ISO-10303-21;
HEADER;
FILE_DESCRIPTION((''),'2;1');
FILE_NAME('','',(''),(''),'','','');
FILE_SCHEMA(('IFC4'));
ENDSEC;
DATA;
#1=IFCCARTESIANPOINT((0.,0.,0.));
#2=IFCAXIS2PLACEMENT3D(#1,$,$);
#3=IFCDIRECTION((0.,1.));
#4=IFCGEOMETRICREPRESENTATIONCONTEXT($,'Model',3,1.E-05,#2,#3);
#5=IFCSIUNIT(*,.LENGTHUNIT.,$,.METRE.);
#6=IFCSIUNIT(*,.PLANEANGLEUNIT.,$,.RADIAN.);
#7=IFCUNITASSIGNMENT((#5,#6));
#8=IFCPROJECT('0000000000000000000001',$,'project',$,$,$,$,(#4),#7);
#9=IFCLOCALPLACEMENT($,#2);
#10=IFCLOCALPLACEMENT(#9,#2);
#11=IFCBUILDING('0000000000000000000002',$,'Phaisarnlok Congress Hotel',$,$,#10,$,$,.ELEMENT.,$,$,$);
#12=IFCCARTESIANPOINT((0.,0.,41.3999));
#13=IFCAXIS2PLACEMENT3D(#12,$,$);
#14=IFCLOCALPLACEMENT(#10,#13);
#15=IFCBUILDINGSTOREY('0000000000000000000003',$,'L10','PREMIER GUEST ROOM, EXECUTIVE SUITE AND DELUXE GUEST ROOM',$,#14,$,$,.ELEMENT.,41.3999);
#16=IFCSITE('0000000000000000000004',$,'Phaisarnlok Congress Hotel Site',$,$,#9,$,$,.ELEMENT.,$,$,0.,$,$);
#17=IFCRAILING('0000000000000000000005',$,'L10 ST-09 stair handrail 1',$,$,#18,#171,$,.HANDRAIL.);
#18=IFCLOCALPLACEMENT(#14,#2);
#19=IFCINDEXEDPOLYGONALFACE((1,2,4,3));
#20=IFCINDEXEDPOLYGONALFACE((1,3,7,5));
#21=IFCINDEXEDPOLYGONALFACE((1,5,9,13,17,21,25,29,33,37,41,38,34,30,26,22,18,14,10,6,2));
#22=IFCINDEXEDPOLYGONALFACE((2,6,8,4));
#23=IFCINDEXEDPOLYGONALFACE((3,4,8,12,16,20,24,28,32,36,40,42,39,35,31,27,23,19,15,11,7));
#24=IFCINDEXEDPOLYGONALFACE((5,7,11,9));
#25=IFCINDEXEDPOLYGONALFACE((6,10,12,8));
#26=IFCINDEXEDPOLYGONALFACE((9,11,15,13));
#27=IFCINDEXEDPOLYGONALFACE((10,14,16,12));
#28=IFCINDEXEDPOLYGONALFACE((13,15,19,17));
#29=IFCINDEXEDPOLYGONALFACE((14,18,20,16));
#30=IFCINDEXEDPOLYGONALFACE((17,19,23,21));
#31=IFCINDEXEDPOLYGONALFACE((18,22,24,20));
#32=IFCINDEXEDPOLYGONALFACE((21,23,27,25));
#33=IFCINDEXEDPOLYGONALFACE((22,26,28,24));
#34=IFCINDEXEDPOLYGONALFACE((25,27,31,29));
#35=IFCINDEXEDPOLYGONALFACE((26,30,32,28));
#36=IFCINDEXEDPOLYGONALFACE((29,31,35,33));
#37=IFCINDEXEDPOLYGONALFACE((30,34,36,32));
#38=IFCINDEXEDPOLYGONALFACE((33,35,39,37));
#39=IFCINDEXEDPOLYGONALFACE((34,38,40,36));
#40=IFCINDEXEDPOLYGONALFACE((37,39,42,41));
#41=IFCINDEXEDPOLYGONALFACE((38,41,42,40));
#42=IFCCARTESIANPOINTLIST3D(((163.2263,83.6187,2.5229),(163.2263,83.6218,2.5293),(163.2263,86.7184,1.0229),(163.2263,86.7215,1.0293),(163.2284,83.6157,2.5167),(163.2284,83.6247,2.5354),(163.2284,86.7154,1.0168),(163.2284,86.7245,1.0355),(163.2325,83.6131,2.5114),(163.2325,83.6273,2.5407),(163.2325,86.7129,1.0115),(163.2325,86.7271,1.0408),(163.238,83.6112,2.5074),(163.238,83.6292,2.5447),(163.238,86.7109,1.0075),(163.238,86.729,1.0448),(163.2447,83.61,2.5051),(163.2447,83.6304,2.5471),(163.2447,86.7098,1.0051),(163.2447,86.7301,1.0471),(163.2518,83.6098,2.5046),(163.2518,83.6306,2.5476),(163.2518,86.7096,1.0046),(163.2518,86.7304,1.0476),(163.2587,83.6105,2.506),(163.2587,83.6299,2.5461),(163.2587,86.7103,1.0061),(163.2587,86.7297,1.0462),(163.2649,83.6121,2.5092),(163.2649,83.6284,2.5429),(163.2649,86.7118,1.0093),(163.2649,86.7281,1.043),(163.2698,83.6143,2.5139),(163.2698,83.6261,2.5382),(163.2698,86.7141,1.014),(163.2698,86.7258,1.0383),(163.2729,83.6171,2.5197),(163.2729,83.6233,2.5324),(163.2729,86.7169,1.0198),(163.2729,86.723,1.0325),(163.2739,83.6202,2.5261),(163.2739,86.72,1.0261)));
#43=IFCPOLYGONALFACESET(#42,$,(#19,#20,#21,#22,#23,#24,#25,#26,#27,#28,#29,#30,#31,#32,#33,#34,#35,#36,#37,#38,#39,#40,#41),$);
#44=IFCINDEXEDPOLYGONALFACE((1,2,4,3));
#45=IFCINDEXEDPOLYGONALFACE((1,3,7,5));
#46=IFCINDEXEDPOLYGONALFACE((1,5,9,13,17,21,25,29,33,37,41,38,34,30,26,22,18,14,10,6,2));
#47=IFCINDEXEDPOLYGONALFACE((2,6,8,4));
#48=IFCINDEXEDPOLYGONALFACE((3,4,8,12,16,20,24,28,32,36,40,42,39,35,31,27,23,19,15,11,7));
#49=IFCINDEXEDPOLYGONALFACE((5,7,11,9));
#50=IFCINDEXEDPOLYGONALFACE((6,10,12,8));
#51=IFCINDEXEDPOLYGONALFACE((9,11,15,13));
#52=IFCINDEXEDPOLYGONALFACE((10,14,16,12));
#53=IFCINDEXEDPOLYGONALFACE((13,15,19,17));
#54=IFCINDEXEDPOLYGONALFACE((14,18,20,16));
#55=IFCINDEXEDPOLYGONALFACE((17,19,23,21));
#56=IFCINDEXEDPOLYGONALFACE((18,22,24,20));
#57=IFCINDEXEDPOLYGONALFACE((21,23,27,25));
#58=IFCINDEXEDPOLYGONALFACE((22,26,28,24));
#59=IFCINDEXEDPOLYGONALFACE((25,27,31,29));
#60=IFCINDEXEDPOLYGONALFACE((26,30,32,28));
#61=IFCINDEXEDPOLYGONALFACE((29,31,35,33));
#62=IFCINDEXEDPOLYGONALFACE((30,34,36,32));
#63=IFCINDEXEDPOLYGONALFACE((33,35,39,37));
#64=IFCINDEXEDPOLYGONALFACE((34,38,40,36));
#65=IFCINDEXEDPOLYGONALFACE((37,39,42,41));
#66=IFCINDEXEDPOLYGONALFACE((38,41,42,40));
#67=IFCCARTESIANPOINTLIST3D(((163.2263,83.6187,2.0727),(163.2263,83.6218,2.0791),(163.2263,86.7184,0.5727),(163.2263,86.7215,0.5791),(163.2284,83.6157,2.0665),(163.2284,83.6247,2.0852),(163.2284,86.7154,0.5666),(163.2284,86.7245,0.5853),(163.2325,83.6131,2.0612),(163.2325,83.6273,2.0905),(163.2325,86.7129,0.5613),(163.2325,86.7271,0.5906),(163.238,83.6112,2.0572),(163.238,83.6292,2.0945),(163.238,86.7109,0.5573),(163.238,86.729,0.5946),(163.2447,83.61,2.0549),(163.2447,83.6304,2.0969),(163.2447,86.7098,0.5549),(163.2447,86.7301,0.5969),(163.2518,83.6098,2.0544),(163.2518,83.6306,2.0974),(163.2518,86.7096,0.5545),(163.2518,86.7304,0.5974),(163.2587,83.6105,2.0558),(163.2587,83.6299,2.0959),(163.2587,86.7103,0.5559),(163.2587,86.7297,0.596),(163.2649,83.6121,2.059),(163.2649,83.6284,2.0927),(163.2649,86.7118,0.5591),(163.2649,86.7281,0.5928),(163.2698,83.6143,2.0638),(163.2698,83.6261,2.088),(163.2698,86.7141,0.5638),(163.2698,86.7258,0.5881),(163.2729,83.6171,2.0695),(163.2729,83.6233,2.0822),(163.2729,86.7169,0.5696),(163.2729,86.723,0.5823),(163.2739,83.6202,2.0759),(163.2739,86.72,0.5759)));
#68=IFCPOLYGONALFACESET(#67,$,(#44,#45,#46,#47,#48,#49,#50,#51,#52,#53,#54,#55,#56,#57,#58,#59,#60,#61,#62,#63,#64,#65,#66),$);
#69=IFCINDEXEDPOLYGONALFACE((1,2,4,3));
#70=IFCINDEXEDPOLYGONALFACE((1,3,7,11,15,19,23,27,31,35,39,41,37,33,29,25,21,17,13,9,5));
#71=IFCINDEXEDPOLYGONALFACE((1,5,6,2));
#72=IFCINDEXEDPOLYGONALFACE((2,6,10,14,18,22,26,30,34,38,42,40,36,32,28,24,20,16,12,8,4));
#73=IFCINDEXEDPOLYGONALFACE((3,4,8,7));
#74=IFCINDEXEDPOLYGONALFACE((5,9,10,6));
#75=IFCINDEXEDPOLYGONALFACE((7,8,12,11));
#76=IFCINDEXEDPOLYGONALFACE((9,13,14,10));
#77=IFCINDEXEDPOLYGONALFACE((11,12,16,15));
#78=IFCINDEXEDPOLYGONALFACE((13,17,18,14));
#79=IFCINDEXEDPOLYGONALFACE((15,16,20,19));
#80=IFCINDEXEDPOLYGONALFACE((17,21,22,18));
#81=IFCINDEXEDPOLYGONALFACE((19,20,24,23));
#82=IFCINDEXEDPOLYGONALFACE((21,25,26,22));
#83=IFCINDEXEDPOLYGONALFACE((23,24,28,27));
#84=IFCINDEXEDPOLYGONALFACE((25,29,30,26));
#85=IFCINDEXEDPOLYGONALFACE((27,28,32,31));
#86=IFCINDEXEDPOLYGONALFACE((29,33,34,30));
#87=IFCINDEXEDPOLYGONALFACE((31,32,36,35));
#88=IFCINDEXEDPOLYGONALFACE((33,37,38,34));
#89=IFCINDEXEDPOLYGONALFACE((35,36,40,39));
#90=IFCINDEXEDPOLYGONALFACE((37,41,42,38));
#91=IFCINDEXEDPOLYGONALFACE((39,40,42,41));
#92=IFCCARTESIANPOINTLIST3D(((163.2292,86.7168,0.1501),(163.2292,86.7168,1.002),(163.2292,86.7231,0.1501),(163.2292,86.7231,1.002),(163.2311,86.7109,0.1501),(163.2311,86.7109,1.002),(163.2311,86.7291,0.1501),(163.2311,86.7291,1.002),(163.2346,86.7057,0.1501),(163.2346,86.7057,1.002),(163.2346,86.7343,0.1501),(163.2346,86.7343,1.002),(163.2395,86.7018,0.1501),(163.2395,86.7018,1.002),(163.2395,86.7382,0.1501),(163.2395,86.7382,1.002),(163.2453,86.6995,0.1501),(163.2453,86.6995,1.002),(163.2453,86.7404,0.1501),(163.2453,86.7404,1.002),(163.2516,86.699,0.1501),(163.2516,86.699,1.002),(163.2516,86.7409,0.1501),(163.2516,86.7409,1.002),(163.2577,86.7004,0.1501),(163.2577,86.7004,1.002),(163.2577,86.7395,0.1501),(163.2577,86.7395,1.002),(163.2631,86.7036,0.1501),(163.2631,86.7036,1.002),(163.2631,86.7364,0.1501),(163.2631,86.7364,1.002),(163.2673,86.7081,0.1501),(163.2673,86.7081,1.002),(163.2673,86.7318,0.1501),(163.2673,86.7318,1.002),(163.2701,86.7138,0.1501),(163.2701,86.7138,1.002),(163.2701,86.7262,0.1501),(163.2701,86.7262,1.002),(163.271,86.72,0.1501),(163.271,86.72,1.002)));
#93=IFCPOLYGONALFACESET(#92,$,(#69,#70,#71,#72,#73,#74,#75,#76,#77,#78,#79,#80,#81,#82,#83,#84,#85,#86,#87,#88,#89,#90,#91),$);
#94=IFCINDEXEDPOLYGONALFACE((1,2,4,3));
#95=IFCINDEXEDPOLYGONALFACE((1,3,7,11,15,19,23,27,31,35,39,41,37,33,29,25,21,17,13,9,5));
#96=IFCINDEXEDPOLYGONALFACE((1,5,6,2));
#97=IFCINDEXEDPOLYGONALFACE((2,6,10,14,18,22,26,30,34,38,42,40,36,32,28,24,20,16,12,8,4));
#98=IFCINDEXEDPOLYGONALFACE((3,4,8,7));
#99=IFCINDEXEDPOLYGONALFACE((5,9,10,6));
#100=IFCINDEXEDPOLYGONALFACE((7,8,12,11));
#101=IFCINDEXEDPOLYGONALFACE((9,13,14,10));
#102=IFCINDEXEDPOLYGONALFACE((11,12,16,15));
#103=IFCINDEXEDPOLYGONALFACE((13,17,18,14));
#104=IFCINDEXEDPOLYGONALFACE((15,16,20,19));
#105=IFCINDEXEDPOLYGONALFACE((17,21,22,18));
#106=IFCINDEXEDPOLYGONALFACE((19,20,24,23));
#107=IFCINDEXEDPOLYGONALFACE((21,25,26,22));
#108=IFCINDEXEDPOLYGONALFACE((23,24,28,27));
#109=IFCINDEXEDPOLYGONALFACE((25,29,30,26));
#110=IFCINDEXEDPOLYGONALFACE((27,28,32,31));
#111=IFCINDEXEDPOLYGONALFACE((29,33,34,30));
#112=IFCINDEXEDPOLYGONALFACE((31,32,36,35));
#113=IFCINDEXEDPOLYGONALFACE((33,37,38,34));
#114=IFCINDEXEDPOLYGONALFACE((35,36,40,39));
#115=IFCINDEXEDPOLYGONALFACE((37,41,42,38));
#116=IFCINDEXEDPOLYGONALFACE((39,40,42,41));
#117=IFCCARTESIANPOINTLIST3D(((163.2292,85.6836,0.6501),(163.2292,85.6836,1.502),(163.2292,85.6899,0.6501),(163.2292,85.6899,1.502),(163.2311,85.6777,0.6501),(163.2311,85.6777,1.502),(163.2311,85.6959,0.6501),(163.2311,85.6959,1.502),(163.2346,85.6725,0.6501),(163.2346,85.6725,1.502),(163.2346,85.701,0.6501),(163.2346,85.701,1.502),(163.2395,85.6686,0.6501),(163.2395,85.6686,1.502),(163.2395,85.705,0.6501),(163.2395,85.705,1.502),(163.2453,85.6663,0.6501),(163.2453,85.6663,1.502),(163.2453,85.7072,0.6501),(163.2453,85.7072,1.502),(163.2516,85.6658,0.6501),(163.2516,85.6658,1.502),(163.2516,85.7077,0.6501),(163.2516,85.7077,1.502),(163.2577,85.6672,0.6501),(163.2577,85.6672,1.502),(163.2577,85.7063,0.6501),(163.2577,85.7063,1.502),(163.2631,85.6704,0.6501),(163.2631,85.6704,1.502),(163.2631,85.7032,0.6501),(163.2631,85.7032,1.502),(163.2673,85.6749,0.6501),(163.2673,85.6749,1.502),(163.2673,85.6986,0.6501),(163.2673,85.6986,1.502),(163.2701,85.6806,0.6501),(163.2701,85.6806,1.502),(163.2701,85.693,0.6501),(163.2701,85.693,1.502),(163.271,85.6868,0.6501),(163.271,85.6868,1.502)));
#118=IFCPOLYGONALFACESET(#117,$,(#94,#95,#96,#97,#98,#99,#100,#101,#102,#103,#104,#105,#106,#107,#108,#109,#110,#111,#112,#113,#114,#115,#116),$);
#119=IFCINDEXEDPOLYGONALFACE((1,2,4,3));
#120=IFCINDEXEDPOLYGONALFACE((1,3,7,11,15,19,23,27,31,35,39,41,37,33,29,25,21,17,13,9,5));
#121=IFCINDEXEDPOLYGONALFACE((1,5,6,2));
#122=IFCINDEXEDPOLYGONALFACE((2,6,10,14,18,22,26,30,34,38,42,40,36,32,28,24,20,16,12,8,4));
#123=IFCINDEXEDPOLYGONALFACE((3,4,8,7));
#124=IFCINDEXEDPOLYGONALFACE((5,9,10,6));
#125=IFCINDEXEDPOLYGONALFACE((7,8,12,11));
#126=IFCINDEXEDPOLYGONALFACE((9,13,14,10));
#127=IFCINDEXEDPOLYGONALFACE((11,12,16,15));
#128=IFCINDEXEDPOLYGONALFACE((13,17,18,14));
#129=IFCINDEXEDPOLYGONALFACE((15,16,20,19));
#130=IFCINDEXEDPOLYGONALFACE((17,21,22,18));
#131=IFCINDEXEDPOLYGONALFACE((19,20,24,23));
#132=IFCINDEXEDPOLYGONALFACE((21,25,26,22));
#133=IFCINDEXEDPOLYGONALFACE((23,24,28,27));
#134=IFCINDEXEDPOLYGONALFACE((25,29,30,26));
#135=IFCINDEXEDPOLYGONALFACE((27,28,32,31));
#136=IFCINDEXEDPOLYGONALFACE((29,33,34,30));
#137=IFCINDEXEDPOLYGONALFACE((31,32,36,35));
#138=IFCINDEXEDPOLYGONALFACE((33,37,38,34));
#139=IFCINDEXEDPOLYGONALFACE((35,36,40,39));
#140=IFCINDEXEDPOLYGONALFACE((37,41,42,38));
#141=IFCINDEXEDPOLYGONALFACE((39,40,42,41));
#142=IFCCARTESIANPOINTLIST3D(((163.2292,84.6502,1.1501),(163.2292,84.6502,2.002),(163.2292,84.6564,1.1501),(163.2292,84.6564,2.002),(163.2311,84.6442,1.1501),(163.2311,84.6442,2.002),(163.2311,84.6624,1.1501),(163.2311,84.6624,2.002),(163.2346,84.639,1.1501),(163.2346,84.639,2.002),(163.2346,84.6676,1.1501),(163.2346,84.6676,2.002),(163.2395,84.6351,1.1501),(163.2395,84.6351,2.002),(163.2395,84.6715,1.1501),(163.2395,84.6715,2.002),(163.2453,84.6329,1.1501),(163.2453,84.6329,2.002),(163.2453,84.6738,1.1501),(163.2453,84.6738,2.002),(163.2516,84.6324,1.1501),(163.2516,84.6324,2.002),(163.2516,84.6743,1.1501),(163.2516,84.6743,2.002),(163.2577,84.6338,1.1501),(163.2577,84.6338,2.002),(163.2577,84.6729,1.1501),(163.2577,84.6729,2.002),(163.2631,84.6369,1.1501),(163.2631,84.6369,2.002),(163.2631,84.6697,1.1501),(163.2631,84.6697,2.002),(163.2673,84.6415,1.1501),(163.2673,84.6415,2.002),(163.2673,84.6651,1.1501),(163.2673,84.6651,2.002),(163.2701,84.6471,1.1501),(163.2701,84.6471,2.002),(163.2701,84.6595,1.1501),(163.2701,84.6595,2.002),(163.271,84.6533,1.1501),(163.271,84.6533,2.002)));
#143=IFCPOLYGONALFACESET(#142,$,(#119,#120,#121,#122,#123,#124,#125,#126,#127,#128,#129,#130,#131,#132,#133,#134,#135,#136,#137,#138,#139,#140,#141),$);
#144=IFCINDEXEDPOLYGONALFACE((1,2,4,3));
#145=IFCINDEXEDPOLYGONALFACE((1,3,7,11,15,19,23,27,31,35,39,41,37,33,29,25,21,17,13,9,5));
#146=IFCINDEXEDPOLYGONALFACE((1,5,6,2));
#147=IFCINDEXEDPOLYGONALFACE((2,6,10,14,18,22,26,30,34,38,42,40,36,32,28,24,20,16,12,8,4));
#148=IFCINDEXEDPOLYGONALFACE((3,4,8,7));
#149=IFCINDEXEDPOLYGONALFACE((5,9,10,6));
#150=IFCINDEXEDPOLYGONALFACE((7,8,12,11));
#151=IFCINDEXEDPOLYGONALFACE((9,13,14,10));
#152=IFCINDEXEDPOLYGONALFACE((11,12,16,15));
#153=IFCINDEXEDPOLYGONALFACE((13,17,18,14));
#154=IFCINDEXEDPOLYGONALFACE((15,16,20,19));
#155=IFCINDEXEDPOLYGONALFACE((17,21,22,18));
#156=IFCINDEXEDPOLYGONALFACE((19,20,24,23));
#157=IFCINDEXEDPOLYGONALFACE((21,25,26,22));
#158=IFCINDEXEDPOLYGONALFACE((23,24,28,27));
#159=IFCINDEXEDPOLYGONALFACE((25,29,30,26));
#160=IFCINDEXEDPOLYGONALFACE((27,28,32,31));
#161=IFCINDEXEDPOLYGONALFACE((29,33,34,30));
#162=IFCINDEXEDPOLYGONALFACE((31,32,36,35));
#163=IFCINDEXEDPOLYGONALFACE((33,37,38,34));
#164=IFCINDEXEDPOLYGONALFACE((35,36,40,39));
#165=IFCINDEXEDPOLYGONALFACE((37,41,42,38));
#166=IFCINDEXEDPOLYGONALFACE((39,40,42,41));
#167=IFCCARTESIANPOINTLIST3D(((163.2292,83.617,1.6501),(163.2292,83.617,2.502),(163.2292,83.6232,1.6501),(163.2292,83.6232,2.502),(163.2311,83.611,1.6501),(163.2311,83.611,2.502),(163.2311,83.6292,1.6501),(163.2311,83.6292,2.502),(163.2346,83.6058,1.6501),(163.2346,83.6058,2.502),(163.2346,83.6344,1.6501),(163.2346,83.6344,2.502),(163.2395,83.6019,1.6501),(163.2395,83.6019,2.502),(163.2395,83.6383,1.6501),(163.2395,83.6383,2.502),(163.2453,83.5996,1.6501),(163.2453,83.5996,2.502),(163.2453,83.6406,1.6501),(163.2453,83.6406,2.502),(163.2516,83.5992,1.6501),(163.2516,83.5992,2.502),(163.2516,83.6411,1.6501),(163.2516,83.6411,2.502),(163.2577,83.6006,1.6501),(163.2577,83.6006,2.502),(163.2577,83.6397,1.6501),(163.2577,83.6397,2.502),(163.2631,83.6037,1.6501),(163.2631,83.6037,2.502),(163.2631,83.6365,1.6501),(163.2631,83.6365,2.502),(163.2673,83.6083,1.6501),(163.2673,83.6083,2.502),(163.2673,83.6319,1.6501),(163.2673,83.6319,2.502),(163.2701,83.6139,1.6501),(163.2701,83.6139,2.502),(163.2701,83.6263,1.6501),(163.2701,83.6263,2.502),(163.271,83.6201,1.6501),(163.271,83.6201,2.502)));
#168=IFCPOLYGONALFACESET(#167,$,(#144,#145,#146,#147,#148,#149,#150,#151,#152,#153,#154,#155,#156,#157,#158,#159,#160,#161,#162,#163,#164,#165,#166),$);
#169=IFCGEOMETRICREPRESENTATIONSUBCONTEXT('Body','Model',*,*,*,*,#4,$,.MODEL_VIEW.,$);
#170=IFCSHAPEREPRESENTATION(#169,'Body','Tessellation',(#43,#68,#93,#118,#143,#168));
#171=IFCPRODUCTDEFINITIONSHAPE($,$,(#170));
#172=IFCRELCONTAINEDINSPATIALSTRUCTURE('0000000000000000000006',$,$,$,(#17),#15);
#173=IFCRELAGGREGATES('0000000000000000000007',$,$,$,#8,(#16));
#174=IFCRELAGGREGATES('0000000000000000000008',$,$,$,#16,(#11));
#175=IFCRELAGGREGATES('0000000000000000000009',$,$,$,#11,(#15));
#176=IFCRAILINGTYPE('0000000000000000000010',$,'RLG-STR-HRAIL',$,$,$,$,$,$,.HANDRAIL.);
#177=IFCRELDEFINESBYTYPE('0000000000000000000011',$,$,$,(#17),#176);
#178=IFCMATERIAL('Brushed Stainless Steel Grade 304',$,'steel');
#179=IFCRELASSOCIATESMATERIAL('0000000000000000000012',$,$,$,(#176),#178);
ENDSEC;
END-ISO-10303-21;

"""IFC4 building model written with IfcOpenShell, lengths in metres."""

from ifc_helpers import new_model, si_unit, direction, frame, origin, origin_2d, place, context, subcontext, project, spatial, circle, extrude, material, type_object, element, save


model = new_model("IFC4")

# Units and contexts
model_context = context("Model", 3, precision=1e-05, world=origin(), true_north=direction((0.0, 1.0)))
body_context = subcontext(model_context, "Body", "Model", "MODEL_VIEW")
ifc_project = project(units=[si_unit("LENGTHUNIT", "METRE"), si_unit("PLANEANGLEUNIT", "RADIAN")], contexts=[model_context])

# Site, building, storey
site_placement = place(None, origin())
site = spatial("IfcSite", under=ifc_project, at=site_placement, Name="Phaisarnlok Congress Hotel Site", CompositionType="ELEMENT", RefElevation=0.0)
building_placement = place(site_placement, origin())
building = spatial("IfcBuilding", under=site, at=building_placement, Name="Phaisarnlok Congress Hotel", CompositionType="ELEMENT")
storey_placement = place(building_placement, frame((0.0, 0.0, 41.3999)))
storey = spatial("IfcBuildingStorey", under=building, at=storey_placement, Name="L10", Description="PREMIER GUEST ROOM, EXECUTIVE SUITE AND DELUXE GUEST ROOM", CompositionType="ELEMENT", Elevation=41.3999)

# Shared definitions
ifc_material_1 = material(Name="Brushed Stainless Steel Grade 304", Category="steel")

# Railing
railing_type_1 = type_object("IfcRailingType", Name="RLG-STR-HRAIL", PredefinedType="HANDRAIL", material=ifc_material_1)
railing_1_placement = place(storey_placement, frame((163.25, 86.72, 0.1501)))
element("IfcRailing", 1, at=railing_1_placement, inside=storey, type_object=railing_type_1, Name="L10 ST-09 stair handrail 1", PredefinedType="HANDRAIL", context=body_context, shape_type="SweptSolid", body=[
    extrude(circle(Radius=0.0239, at=origin_2d()), frame((0.0, 0.0, 0.876), z_axis=(0.0, -0.900151, 0.435578), x_axis=(1.0, 0.0, 0.0)), (0.0, 0.0, 1.0), 3.4436),
    extrude(circle(Radius=0.0239, at=origin_2d()), frame((0.0, 0.0, 0.4258), z_axis=(0.0, -0.900151, 0.435578), x_axis=(1.0, 0.0, 0.0)), (0.0, 0.0, 1.0), 3.4436),
    extrude(circle(Radius=0.021, at=origin_2d()), origin(), (0.0, 0.0, 1.0), 0.8518),
    extrude(circle(Radius=0.021, at=origin_2d()), frame((0.0, -1.0332, 0.5)), (0.0, 0.0, 1.0), 0.8518),
    extrude(circle(Radius=0.021, at=origin_2d()), frame((0.0, -2.0667, 1.0)), (0.0, 0.0, 1.0), 0.8518),
    extrude(circle(Radius=0.021, at=origin_2d()), frame((0.0, -3.0999, 1.5)), (0.0, 0.0, 1.0), 0.8518),
])

save(model, "model.ifc")
